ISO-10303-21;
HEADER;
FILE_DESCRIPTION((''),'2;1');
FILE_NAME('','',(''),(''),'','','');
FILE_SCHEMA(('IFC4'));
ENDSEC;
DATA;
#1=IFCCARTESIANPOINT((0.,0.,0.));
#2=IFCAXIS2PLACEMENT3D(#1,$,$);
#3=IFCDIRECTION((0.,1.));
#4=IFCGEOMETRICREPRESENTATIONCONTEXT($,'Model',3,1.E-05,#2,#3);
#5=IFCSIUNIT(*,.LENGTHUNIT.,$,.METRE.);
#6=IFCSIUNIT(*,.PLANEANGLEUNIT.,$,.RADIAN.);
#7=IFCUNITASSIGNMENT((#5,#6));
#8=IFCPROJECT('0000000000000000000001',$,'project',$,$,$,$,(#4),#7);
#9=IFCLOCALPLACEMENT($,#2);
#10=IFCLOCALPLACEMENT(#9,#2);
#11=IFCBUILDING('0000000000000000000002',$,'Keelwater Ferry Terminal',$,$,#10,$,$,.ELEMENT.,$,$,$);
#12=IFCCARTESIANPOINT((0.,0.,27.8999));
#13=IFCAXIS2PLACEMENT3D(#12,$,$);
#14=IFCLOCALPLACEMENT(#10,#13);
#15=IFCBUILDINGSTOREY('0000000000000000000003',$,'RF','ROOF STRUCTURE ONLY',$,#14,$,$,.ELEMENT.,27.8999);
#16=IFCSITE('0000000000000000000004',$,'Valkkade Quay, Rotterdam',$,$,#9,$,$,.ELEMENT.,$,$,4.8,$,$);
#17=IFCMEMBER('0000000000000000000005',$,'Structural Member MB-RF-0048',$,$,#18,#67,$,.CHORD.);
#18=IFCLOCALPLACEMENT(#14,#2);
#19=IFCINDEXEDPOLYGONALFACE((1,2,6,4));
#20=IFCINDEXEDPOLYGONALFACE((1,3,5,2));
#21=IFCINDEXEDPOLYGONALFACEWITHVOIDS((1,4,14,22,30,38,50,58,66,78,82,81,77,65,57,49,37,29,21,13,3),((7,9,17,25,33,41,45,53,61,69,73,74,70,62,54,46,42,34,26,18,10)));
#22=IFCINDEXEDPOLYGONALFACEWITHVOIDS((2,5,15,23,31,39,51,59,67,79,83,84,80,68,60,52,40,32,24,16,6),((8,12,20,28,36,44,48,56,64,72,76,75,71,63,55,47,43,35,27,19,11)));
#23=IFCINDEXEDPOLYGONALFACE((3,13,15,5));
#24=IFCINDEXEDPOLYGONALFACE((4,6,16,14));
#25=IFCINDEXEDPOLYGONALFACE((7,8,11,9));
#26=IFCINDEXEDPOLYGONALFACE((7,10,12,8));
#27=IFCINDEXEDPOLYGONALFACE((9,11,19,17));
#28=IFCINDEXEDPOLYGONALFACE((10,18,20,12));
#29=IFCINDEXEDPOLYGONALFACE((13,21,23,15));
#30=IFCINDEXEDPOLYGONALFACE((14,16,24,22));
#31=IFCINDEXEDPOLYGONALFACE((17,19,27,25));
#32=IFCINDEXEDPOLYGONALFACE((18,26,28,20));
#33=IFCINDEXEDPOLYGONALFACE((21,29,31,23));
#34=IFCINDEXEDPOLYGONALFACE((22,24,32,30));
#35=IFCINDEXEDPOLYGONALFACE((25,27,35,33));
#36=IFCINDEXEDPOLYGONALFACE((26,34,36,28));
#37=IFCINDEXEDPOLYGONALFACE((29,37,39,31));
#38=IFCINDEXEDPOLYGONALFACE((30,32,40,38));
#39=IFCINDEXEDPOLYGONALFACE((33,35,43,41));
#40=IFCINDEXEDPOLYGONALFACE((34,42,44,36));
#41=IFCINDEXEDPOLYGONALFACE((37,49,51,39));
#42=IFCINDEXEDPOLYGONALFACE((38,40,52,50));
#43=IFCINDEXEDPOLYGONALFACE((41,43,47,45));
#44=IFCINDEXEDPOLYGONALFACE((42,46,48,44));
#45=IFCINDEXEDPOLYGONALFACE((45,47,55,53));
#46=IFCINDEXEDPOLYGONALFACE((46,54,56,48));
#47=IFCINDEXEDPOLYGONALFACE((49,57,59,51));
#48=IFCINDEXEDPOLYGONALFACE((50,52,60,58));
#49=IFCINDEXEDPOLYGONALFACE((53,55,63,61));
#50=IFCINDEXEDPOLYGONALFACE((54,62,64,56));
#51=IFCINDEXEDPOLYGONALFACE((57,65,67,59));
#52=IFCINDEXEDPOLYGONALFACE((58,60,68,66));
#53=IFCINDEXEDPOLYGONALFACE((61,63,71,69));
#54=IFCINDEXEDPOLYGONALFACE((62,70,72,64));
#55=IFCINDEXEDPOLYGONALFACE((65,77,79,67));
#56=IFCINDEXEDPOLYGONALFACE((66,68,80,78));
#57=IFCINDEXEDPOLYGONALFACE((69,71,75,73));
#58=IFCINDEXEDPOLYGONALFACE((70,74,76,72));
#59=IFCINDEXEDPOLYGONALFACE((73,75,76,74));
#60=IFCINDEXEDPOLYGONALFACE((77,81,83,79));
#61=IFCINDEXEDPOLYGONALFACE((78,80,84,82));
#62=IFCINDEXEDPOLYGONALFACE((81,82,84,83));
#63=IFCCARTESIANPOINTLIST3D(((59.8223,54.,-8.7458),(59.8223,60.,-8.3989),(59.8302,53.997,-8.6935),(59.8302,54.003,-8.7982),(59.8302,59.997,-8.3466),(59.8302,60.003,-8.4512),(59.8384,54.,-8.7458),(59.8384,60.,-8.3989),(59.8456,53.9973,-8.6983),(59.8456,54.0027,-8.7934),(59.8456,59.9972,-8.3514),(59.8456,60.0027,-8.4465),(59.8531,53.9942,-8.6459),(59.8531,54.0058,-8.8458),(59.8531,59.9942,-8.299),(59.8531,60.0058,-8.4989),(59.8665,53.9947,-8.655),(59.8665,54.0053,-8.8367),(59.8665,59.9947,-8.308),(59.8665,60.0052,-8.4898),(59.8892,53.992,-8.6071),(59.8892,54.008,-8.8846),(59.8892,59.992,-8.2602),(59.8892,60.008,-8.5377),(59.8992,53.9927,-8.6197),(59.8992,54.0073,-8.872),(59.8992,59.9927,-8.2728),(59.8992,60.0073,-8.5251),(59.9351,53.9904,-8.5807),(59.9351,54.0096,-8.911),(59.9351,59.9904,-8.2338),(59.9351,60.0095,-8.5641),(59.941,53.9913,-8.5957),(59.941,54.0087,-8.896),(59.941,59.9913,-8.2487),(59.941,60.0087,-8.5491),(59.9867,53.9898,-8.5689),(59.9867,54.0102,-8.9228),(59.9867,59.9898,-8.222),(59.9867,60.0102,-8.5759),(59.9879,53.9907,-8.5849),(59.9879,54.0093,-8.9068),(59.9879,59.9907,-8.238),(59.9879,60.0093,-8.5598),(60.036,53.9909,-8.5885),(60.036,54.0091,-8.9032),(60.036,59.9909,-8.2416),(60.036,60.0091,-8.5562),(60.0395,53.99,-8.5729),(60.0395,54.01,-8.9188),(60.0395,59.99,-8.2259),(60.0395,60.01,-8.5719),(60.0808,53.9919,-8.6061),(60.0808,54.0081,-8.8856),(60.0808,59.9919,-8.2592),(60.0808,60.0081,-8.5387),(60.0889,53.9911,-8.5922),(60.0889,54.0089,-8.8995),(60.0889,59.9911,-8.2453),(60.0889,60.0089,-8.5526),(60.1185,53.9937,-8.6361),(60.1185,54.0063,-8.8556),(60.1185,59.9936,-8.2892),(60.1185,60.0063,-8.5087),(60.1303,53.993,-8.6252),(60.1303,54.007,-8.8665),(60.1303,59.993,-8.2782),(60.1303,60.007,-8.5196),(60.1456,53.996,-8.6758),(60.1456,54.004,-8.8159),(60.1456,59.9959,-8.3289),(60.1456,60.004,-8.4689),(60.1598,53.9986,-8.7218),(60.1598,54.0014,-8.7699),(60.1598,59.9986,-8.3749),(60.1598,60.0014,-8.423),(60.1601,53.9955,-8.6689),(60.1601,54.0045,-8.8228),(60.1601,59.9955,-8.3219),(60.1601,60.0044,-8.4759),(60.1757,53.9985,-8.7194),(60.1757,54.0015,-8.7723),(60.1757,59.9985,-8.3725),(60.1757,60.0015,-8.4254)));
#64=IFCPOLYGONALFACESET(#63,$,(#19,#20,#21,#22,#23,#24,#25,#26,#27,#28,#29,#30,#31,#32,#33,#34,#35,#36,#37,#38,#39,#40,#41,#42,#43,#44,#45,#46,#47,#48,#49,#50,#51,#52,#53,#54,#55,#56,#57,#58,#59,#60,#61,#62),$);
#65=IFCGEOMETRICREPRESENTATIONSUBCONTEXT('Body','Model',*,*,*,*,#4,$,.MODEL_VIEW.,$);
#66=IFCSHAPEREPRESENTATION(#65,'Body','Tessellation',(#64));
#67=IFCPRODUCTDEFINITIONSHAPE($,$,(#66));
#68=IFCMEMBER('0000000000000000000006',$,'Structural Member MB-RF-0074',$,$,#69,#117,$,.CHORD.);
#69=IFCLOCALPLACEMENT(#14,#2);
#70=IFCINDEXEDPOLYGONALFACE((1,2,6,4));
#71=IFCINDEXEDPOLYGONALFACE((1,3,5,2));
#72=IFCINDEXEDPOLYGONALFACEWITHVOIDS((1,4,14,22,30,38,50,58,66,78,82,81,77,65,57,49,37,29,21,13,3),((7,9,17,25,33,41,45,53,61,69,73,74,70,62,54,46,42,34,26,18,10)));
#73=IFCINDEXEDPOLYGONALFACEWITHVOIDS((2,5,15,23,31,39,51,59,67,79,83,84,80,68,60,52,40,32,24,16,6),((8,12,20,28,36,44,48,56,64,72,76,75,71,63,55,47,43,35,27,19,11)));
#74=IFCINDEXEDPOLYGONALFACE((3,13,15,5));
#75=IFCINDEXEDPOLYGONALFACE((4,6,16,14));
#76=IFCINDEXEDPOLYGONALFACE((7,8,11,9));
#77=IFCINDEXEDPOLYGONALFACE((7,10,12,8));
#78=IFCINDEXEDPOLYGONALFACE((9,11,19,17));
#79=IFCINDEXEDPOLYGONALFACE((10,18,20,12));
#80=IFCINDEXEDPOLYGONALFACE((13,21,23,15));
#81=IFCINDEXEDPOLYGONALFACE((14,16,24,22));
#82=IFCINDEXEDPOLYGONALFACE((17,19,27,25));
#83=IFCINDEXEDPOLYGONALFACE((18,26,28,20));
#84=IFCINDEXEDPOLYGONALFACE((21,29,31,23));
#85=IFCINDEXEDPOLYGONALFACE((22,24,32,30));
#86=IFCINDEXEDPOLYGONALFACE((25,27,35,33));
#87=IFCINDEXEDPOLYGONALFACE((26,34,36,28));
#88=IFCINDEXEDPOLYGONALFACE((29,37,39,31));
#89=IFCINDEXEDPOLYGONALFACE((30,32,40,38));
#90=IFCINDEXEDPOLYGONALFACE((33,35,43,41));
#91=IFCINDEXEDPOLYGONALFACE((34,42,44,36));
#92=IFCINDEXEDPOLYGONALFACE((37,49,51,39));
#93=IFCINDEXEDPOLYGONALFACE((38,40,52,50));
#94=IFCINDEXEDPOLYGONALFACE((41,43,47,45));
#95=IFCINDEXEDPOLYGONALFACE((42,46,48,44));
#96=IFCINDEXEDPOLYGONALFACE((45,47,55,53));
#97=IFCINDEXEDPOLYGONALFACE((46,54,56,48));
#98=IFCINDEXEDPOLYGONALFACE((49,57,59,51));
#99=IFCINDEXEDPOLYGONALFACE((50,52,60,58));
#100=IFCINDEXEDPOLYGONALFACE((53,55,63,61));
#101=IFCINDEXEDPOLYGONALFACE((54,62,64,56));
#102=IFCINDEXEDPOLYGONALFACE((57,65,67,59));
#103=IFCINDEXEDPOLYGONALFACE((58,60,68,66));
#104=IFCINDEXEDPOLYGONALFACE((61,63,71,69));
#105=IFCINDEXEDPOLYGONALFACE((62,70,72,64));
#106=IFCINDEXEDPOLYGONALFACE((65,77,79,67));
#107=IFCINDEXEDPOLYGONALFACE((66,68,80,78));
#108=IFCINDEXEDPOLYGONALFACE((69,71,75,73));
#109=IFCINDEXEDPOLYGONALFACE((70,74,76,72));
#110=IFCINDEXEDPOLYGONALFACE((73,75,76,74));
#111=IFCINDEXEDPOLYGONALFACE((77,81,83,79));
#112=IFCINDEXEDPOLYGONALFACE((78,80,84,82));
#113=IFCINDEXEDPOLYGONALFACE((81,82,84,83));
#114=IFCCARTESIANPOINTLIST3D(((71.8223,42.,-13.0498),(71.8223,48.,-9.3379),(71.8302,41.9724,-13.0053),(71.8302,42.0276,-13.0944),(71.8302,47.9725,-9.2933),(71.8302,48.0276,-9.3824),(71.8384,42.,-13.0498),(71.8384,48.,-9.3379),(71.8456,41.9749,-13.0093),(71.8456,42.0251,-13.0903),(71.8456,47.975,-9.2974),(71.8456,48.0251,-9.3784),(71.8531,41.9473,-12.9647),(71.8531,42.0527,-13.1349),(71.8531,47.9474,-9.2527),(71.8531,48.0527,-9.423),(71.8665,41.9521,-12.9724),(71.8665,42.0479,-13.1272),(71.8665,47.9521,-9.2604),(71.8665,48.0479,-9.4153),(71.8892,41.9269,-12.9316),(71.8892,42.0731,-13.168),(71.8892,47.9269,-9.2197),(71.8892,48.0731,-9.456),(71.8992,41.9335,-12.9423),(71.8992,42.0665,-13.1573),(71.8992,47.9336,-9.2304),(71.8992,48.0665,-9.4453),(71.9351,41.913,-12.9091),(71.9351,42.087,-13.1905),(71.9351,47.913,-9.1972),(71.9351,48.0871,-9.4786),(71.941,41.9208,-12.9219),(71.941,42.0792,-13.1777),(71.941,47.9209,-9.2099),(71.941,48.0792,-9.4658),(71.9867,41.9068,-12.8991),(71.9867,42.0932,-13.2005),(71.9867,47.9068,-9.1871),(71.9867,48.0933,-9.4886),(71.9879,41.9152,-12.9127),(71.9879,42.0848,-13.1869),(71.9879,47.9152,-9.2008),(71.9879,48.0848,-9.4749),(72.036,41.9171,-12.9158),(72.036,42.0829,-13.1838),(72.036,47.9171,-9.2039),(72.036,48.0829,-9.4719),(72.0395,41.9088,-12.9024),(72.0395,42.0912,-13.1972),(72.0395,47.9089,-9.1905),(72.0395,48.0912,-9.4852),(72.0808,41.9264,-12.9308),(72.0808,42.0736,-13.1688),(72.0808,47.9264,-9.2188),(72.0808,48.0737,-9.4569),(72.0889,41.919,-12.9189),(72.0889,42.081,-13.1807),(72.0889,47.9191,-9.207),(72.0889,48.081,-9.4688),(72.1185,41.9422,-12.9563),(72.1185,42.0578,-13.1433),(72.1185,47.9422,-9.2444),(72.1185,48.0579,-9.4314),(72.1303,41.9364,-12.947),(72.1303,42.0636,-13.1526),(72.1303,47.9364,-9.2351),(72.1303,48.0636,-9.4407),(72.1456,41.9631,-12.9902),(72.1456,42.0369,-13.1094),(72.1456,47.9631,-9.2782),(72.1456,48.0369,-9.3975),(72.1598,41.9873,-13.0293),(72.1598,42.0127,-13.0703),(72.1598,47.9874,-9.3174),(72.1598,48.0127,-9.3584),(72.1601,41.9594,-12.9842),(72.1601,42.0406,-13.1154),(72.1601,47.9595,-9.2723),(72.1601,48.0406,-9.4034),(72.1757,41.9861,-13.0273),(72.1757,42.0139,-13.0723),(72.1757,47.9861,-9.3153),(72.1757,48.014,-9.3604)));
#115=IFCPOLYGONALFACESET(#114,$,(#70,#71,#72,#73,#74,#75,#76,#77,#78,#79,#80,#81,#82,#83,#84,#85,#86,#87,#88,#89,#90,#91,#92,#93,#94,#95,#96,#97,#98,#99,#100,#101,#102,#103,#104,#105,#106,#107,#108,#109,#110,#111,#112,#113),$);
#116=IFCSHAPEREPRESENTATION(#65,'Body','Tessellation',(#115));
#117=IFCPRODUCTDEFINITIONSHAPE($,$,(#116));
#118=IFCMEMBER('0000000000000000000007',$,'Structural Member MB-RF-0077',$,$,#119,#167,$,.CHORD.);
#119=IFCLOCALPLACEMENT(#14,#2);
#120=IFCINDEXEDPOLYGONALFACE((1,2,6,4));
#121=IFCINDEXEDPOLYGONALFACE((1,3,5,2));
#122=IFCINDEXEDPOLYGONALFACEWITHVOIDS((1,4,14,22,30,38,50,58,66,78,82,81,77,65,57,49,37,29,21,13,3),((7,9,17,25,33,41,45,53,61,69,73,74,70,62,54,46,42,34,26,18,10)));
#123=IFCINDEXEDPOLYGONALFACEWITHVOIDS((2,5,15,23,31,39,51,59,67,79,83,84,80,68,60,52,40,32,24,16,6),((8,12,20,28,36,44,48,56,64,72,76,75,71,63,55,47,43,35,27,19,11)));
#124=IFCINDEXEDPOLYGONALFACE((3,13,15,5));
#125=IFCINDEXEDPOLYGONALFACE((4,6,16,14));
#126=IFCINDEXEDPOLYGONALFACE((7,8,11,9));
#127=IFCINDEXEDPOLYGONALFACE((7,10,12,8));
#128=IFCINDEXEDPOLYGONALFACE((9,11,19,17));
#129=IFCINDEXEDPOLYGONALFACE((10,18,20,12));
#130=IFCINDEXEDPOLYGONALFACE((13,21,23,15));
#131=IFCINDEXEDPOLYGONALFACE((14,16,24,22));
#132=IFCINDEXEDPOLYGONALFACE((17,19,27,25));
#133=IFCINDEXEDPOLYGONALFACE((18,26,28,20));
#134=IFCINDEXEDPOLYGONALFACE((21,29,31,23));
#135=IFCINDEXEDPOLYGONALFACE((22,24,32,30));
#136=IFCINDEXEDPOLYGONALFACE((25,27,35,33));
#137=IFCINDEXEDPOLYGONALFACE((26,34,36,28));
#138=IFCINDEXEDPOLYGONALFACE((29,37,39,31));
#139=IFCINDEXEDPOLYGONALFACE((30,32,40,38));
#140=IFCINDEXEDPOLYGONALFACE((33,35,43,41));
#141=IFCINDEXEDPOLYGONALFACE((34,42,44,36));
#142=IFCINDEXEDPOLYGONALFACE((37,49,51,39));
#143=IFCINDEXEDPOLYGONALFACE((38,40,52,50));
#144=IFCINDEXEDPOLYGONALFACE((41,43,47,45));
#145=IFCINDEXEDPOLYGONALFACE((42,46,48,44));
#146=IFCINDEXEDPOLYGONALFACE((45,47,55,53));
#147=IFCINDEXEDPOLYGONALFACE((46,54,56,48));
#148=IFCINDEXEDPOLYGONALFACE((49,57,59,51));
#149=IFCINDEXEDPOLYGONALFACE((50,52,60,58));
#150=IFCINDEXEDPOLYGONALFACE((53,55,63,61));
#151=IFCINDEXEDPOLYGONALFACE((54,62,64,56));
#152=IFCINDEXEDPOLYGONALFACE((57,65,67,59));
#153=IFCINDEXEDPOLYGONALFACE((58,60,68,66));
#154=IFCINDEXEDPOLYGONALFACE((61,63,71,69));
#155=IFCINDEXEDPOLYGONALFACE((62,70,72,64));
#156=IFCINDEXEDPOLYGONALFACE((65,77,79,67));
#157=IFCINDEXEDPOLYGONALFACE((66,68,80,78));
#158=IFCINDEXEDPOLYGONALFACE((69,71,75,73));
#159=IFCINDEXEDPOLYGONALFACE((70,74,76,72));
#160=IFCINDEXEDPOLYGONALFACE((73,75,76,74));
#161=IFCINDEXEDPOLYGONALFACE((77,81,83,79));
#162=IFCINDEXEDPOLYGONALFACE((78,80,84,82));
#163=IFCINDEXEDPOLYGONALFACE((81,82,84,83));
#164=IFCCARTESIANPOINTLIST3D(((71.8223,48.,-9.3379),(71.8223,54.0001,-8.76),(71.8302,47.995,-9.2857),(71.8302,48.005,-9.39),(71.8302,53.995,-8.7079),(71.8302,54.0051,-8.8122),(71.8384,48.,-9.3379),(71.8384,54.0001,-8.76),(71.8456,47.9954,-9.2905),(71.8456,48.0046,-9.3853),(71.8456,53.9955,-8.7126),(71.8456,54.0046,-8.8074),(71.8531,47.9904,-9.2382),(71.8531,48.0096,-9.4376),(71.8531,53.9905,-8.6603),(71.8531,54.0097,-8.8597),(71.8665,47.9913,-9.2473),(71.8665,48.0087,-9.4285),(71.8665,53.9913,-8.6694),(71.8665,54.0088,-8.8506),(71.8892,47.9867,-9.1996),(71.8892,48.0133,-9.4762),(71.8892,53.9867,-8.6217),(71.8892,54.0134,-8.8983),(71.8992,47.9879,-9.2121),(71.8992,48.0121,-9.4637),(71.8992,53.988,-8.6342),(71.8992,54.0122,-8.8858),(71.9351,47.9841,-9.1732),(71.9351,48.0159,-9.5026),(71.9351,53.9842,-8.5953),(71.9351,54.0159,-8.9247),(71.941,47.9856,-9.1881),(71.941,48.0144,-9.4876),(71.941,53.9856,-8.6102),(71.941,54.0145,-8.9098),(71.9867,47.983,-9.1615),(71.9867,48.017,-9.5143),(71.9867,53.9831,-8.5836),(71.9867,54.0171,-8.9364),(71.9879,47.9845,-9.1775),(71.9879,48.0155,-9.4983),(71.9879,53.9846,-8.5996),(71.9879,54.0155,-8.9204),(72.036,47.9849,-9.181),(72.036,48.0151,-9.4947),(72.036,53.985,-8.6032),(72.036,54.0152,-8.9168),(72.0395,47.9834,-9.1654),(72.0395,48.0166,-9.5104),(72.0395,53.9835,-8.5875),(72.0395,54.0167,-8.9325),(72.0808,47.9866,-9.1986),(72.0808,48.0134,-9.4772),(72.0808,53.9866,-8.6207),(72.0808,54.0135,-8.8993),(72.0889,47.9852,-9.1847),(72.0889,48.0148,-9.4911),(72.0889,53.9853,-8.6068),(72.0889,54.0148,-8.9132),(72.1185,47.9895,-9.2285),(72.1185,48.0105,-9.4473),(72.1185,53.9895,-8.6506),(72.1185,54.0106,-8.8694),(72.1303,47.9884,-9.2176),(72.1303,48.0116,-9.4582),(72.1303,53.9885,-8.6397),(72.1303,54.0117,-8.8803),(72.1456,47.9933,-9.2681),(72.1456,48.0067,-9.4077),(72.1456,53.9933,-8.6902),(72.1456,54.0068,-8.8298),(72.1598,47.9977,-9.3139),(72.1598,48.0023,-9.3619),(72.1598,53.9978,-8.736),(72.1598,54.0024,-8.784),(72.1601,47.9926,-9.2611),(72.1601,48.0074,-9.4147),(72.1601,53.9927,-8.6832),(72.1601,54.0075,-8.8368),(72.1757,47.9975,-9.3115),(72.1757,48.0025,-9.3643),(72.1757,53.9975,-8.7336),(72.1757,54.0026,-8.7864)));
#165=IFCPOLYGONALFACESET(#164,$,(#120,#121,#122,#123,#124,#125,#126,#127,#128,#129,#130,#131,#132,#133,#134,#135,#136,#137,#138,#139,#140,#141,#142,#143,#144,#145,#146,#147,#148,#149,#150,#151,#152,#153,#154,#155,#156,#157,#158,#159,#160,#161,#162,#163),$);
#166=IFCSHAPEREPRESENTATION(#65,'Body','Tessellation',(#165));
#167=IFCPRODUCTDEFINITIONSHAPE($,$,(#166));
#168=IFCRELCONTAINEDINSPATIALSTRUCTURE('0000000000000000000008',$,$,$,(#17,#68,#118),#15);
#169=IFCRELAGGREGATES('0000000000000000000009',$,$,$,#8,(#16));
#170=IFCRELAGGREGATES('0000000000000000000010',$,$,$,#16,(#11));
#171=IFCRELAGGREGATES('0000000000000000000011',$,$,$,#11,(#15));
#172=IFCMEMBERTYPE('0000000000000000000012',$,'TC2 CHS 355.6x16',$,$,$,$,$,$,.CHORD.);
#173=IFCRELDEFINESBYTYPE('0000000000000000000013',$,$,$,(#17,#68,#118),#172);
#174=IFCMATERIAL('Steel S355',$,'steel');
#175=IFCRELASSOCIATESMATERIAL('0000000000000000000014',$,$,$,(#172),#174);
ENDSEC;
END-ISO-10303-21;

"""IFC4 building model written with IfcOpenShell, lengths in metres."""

from ifc_helpers import new_model, si_unit, direction, frame, origin, origin_2d, place, context, subcontext, project, spatial, hollow_circle, extrude, material, material_profile, profile_set, type_object, element, save


model = new_model("IFC4")

# Units and contexts
model_context = context("Model", 3, precision=1e-05, world=origin(), true_north=direction((0.0, 1.0)))
body_context = subcontext(model_context, "Body", "Model", "MODEL_VIEW")
ifc_project = project(units=[si_unit("LENGTHUNIT", "METRE"), si_unit("PLANEANGLEUNIT", "RADIAN")], contexts=[model_context])

# Site, building, storey
site_placement = place(None, origin())
site = spatial("IfcSite", under=ifc_project, at=site_placement, Name="Valkkade Quay, Rotterdam", CompositionType="ELEMENT", RefElevation=4.8)
building_placement = place(site_placement, origin())
building = spatial("IfcBuilding", under=site, at=building_placement, Name="Keelwater Ferry Terminal", CompositionType="ELEMENT")
storey_placement = place(building_placement, frame((0.0, 0.0, 27.8999)))
storey = spatial("IfcBuildingStorey", under=building, at=storey_placement, Name="RF", Description="ROOF STRUCTURE ONLY", CompositionType="ELEMENT", Elevation=27.8999)

# Members
ifc_material_1 = material(Name="Steel S355", Category="steel")
ifc_material_profile_1 = material_profile(ifc_material_1, hollow_circle(Radius=0.1777, WallThickness=0.0161, at=origin_2d()), Name="CHS 355.6x16")
ifc_profile_set_1 = profile_set([ifc_material_profile_1], Name="Steel S355")
member_type_1 = type_object("IfcMemberType", Name="TC2 CHS 355.6x16", PredefinedType="CHORD", material=ifc_profile_set_1)
member_1_placement = place(storey_placement, frame((60.0, 54.0, -8.7458), z_axis=(0.0, 0.998333, 0.057724), x_axis=(-1.0, 0.0, 0.0)))
element("IfcMember", 1, at=member_1_placement, inside=storey, type_object=member_type_1, Name="Structural Member MB-RF-0048", PredefinedType="CHORD", context=body_context, shape_type="SweptSolid", body=[
    extrude(hollow_circle(Radius=0.1777, WallThickness=0.0161, at=origin_2d()), origin(), (0.0, 0.0, 1.0), 6.01),
])
member_2_placement = place(storey_placement, frame((72.0, 42.0, -13.0498), z_axis=(0.0, 0.850416, 0.526112), x_axis=(-1.0, 0.0, 0.0)))
element("IfcMember", 2, at=member_2_placement, inside=storey, type_object=member_type_1, Name="Structural Member MB-RF-0074", PredefinedType="CHORD", context=body_context, shape_type="SweptSolid", body=[
    extrude(hollow_circle(Radius=0.1777, WallThickness=0.0161, at=origin_2d()), origin(), (0.0, 0.0, 1.0), 7.0554),
])
member_3_placement = place(storey_placement, frame((72.0, 48.0, -9.3379), z_axis=(0.0, 0.995394, 0.09587), x_axis=(-1.0, 0.0, 0.0)))
element("IfcMember", 3, at=member_3_placement, inside=storey, type_object=member_type_1, Name="Structural Member MB-RF-0077", PredefinedType="CHORD", context=body_context, shape_type="SweptSolid", body=[
    extrude(hollow_circle(Radius=0.1777, WallThickness=0.0161, at=origin_2d()), origin(), (0.0, 0.0, 1.0), 6.0278),
])

save(model, "model.ifc")
